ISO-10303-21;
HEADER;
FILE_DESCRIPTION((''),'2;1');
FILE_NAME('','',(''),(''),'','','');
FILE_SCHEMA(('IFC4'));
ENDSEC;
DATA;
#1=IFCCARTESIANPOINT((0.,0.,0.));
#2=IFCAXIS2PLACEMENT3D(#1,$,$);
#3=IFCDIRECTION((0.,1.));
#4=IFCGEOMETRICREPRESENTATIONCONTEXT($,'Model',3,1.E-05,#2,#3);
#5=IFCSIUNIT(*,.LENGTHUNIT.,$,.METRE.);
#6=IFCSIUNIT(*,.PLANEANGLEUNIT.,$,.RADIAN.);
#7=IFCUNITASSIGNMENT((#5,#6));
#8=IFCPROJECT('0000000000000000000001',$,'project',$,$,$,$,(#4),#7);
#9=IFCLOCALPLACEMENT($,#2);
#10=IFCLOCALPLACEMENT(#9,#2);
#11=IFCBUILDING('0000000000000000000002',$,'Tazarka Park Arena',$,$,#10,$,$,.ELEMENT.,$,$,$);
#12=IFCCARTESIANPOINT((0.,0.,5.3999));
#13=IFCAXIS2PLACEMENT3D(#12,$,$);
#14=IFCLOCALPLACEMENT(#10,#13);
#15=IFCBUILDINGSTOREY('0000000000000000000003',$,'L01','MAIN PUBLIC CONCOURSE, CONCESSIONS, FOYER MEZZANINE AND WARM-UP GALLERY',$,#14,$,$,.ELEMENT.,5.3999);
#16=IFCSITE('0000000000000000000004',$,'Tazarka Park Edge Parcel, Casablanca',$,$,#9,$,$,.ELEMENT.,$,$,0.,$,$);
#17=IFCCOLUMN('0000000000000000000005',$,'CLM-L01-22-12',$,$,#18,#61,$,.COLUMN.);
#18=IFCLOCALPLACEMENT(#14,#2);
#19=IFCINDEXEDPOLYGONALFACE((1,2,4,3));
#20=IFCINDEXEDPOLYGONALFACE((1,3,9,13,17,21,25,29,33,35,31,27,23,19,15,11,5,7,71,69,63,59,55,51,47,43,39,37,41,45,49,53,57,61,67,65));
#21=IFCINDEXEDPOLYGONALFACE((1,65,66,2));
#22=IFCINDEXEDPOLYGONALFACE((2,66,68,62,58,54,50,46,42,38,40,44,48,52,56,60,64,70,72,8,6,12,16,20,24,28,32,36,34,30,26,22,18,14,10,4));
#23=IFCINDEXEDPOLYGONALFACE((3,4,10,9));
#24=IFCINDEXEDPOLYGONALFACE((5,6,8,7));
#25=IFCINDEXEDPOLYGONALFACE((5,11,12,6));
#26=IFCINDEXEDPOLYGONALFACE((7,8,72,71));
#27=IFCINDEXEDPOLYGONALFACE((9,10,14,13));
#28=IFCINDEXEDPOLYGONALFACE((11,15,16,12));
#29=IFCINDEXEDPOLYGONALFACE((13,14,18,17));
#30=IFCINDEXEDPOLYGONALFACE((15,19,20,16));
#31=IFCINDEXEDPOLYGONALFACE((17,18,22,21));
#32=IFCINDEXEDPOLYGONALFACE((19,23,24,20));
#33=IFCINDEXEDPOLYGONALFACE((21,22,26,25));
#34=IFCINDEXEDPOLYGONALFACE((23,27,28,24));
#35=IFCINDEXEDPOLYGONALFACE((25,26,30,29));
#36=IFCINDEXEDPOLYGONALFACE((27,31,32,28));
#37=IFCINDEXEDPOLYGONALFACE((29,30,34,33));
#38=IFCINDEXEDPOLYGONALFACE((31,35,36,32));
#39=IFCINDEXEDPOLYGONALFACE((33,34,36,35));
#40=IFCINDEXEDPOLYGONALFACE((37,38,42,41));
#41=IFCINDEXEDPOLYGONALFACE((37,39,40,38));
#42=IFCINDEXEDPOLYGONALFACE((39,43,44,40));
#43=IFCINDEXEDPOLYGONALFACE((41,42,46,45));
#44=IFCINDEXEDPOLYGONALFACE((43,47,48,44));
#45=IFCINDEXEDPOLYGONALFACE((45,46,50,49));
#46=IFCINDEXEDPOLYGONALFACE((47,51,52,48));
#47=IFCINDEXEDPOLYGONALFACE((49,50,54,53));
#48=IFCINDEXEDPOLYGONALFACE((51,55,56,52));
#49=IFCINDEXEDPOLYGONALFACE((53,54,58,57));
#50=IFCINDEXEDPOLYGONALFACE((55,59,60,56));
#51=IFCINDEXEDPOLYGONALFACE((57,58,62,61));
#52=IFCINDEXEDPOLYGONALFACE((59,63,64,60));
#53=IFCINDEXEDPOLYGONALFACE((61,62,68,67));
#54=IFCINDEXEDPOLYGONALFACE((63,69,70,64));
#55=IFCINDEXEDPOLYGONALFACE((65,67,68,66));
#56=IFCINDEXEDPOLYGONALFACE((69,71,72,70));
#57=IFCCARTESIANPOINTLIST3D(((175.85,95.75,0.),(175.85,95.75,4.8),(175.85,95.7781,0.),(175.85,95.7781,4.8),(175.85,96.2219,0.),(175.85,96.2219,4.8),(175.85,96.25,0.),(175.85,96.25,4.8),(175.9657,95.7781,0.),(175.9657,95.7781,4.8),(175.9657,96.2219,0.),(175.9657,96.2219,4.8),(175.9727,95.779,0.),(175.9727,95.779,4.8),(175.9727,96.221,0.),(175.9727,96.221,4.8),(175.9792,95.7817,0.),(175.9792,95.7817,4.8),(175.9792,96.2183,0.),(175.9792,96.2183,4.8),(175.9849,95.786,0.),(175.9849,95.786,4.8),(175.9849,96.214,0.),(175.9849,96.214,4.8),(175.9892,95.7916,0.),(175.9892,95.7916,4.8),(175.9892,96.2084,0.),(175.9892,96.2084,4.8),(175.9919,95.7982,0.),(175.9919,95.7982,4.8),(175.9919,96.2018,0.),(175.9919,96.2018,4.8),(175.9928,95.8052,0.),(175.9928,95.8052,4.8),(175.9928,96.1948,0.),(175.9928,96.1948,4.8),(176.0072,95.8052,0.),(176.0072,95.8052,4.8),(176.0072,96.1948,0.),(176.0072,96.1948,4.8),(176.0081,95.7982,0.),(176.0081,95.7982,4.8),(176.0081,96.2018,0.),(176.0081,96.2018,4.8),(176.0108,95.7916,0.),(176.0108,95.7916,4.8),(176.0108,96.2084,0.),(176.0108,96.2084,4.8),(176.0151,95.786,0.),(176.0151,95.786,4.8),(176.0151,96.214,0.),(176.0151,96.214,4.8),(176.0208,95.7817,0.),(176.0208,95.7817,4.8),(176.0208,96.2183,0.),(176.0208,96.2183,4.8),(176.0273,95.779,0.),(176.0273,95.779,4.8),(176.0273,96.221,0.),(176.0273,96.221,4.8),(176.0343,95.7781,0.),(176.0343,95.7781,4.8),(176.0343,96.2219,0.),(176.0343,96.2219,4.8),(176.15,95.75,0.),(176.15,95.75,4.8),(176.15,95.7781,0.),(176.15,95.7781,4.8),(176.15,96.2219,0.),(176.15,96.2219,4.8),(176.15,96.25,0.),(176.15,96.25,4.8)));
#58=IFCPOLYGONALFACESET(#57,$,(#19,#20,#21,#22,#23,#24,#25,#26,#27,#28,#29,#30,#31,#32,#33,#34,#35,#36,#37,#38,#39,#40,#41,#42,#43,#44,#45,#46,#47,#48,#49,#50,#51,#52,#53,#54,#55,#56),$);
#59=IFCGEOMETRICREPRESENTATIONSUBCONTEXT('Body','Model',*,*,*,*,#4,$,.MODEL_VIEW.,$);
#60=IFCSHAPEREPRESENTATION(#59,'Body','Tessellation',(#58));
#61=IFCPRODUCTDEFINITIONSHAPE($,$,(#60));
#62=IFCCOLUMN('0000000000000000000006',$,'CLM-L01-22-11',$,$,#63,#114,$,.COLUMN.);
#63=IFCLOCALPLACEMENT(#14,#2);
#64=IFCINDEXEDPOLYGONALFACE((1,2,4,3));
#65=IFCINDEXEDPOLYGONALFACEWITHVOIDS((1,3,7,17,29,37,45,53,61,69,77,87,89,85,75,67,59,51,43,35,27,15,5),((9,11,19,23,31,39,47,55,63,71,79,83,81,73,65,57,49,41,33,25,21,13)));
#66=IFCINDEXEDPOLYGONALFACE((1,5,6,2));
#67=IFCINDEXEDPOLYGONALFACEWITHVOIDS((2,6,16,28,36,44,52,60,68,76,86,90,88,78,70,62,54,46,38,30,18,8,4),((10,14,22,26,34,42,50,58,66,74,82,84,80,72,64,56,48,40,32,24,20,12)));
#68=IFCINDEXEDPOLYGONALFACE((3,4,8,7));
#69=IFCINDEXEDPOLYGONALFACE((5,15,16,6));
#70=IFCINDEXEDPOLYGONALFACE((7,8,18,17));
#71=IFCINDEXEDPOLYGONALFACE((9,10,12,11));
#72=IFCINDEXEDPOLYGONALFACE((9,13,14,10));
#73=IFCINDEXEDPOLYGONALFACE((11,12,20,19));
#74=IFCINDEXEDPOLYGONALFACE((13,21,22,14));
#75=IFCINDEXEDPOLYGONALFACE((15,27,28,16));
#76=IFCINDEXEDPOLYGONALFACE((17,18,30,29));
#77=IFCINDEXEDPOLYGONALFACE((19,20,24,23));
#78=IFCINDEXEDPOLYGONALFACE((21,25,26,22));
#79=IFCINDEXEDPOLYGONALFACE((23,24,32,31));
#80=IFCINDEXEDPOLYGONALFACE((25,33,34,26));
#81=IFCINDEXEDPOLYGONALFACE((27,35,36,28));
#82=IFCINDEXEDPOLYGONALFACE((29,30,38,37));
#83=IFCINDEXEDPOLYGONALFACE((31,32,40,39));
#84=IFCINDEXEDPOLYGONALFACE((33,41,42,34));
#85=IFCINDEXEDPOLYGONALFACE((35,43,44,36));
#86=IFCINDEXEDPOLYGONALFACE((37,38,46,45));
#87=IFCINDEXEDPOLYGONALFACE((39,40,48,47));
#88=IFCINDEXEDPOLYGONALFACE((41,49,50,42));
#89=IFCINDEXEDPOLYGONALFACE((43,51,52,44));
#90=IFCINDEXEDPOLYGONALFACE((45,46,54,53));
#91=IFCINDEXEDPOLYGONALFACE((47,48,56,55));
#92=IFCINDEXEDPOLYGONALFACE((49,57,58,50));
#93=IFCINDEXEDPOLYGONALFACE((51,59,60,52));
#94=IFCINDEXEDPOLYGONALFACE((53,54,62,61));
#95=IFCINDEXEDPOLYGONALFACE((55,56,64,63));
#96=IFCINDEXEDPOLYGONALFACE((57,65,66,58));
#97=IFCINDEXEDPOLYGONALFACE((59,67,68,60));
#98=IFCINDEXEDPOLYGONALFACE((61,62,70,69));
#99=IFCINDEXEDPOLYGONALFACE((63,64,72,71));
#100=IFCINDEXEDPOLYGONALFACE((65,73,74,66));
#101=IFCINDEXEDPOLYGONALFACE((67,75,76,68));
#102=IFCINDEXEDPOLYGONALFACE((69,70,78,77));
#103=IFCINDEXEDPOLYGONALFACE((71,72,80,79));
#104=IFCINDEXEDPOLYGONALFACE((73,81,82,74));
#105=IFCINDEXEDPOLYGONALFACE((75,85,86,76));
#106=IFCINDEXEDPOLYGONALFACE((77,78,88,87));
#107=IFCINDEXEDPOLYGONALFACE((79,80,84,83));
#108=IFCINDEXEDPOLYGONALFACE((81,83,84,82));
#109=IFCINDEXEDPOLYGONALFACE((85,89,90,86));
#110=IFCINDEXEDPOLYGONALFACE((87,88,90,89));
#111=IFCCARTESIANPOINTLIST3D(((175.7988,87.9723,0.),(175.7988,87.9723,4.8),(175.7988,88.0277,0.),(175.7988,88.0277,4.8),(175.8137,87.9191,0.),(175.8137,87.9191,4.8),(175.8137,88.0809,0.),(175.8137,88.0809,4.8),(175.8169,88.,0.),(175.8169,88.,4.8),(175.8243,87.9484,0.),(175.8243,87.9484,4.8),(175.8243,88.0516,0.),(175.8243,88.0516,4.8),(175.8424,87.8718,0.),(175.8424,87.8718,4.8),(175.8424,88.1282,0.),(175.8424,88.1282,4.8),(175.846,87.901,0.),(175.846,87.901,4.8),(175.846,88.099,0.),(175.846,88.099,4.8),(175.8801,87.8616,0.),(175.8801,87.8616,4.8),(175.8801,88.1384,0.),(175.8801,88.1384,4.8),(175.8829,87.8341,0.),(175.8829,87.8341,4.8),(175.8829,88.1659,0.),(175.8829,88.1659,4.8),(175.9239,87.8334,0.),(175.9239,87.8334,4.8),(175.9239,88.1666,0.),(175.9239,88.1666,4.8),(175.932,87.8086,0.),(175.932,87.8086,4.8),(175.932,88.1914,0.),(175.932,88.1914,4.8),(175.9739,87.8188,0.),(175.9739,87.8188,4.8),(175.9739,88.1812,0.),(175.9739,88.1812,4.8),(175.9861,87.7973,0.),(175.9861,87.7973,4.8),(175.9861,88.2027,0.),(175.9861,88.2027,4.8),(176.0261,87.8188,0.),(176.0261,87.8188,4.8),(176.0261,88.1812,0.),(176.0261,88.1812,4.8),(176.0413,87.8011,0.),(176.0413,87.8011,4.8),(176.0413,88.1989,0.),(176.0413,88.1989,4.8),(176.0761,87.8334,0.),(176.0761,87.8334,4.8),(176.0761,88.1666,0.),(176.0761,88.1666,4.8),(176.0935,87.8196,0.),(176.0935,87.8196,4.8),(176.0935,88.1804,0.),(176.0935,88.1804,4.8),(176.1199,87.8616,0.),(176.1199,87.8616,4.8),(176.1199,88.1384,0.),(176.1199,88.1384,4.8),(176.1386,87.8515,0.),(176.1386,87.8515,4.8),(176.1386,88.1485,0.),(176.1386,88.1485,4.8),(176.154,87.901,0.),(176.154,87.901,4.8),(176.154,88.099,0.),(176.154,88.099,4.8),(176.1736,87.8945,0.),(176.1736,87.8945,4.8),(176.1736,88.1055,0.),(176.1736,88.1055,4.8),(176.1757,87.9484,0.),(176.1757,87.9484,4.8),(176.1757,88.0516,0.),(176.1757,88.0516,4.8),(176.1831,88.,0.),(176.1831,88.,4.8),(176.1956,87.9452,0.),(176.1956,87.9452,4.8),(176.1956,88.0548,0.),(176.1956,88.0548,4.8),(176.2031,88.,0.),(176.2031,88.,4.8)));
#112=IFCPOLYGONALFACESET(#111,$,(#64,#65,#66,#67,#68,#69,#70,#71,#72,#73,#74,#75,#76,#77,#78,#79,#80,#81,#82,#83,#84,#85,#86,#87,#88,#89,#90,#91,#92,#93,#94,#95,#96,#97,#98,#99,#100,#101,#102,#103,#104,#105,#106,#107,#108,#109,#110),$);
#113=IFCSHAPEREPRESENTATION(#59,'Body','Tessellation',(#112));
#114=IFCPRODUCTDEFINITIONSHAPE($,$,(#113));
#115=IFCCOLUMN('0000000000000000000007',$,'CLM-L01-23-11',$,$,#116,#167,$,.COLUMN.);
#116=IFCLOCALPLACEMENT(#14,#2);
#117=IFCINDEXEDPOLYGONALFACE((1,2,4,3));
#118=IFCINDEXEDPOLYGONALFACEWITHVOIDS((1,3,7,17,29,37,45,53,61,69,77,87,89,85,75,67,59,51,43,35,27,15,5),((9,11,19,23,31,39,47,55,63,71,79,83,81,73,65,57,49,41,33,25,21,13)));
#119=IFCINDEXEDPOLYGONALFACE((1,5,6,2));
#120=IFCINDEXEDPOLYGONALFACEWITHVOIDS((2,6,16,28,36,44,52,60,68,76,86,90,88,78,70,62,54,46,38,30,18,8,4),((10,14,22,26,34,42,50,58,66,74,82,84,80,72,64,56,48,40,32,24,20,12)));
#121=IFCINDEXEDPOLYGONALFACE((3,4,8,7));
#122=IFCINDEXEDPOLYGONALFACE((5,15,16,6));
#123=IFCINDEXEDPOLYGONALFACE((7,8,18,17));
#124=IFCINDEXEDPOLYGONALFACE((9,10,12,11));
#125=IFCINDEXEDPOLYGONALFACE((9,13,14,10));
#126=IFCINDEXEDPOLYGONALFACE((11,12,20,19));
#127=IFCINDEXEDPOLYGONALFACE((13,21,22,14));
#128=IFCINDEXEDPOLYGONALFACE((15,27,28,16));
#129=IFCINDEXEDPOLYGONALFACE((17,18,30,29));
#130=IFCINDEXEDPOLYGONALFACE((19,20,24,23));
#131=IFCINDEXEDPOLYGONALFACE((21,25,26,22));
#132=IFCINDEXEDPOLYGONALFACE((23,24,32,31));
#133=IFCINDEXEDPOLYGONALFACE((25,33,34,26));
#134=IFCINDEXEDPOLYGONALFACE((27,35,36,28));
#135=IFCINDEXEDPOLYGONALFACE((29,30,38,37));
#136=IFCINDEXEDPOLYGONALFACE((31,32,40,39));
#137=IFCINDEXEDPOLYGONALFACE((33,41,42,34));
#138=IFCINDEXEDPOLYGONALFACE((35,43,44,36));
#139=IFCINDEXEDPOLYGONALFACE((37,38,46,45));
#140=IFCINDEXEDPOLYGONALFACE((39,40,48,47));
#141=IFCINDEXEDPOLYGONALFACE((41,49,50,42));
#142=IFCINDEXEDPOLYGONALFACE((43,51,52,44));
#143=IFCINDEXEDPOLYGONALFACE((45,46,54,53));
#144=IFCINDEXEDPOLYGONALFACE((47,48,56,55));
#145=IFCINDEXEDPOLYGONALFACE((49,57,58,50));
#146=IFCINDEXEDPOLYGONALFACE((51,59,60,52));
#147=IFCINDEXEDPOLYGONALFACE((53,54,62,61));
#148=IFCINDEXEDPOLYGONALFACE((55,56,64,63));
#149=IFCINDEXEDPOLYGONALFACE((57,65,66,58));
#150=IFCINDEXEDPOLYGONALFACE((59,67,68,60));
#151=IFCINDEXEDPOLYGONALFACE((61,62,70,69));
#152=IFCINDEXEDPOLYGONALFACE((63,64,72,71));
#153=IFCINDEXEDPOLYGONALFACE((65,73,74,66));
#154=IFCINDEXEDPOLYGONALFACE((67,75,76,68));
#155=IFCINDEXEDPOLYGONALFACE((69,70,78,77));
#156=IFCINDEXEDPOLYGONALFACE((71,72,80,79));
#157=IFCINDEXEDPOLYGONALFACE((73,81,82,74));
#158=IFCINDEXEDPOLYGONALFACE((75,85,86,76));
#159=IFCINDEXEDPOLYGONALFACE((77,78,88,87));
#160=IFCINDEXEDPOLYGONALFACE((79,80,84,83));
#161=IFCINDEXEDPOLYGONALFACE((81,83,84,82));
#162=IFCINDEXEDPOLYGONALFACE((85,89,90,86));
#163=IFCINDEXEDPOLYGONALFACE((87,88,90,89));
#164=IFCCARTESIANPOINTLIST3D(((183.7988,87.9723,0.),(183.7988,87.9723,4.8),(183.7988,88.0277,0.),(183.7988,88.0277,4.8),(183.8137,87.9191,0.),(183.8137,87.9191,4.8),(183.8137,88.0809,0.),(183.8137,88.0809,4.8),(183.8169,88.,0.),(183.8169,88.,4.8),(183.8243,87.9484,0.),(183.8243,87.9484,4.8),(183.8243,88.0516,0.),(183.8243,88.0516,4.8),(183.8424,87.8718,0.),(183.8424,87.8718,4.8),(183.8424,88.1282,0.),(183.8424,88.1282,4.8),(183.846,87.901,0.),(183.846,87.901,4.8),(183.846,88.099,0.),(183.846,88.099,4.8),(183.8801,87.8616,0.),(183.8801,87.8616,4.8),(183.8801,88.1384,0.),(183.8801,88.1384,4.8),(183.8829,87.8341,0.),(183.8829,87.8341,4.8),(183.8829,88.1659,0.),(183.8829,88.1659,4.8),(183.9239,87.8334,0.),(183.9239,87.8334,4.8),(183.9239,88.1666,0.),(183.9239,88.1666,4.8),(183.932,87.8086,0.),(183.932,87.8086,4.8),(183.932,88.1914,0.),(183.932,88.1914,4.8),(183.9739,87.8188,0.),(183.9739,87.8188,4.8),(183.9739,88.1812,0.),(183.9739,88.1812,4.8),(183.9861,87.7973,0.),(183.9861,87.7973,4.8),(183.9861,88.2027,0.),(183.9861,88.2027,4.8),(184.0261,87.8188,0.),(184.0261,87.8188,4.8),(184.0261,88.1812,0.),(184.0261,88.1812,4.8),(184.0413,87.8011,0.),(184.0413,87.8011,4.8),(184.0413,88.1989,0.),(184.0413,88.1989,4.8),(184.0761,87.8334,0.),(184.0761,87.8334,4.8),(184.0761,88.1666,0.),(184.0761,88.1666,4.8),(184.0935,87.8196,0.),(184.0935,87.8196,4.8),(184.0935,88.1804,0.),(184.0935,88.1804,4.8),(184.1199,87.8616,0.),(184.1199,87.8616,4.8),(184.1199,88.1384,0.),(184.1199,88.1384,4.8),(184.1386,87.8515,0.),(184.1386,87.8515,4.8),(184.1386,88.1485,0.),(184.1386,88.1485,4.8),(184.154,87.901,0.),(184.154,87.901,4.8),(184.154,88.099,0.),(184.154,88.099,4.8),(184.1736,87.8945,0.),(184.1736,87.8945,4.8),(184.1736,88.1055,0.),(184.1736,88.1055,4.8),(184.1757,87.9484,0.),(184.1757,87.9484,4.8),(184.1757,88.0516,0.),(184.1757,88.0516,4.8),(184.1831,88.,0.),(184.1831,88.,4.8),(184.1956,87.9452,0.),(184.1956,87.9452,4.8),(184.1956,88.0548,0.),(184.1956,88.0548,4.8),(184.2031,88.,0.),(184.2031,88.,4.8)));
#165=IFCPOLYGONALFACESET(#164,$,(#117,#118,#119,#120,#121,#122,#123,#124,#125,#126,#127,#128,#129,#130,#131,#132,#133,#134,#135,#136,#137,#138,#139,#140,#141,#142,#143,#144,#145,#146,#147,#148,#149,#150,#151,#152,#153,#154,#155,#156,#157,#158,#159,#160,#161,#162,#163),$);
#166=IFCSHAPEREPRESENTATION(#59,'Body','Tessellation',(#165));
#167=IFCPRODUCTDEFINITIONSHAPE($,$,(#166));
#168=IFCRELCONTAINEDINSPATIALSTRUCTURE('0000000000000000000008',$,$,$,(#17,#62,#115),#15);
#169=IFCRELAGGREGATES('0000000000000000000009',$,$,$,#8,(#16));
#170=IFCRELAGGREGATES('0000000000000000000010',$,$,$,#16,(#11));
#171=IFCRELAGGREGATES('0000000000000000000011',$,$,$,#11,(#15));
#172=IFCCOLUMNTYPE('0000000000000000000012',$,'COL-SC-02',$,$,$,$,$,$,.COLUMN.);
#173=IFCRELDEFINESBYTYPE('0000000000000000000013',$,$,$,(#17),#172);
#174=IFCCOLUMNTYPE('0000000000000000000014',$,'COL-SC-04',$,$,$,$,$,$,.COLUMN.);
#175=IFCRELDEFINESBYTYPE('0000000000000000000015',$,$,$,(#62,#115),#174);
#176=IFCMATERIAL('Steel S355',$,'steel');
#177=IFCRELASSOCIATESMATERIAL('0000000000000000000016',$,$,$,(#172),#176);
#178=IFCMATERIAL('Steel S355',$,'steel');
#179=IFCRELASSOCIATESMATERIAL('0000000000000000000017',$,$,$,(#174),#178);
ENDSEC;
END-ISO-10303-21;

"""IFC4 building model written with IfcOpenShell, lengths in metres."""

from ifc_helpers import new_model, si_unit, direction, frame, origin, origin_2d, place, context, subcontext, project, spatial, hollow_circle, i_section, extrude, material, material_profile, profile_set, type_object, element, save


model = new_model("IFC4")

# Units and contexts
model_context = context("Model", 3, precision=1e-05, world=origin(), true_north=direction((0.0, 1.0)))
body_context = subcontext(model_context, "Body", "Model", "MODEL_VIEW")
ifc_project = project(units=[si_unit("LENGTHUNIT", "METRE"), si_unit("PLANEANGLEUNIT", "RADIAN")], contexts=[model_context])

# Site, building, storey
site_placement = place(None, origin())
site = spatial("IfcSite", under=ifc_project, at=site_placement, Name="Tazarka Park Edge Parcel, Casablanca", CompositionType="ELEMENT", RefElevation=0.0)
building_placement = place(site_placement, origin())
building = spatial("IfcBuilding", under=site, at=building_placement, Name="Tazarka Park Arena", CompositionType="ELEMENT")
storey_placement = place(building_placement, frame((0.0, 0.0, 5.3999)))
storey = spatial("IfcBuildingStorey", under=building, at=storey_placement, Name="L01", Description="MAIN PUBLIC CONCOURSE, CONCESSIONS, FOYER MEZZANINE AND WARM-UP GALLERY", CompositionType="ELEMENT", Elevation=5.3999)

# Columns
ifc_material_1 = material(Name="Steel S355", Category="steel")
ifc_material_profile_1 = material_profile(ifc_material_1, i_section(OverallWidth=0.3, OverallDepth=0.5, WebThickness=0.0144, FlangeThickness=0.0281, FilletRadius=0.0271, at=origin_2d()), Name="Steel S355")
ifc_profile_set_1 = profile_set([ifc_material_profile_1], Name="Steel S355")
column_type_1 = type_object("IfcColumnType", Name="COL-SC-02", PredefinedType="COLUMN", material=ifc_profile_set_1)
column_placement = place(storey_placement, frame((176.0, 96.0, 0.0), z_axis=(0.0, 0.0, 1.0), x_axis=(1.0, 0.0, 0.0)))
element("IfcColumn", 1, at=column_placement, inside=storey, type_object=column_type_1, Name="CLM-L01-22-12", PredefinedType="COLUMN", context=body_context, shape_type="SweptSolid", body=[
    extrude(i_section(OverallWidth=0.3, OverallDepth=0.5, WebThickness=0.0144, FlangeThickness=0.0281, FilletRadius=0.0271, at=origin_2d()), origin(), (0.0, 0.0, 1.0), 4.8),
])
ifc_material_2 = material(Name="Steel S355", Category="steel")
ifc_material_profile_2 = material_profile(ifc_material_2, hollow_circle(Radius=0.2031, WallThickness=0.02, at=origin_2d()), Name="Steel S355")
ifc_profile_set_2 = profile_set([ifc_material_profile_2], Name="Steel S355")
column_type_2 = type_object("IfcColumnType", Name="COL-SC-04", PredefinedType="COLUMN", material=ifc_profile_set_2)
for number, where, z_axis, x_axis, name in (
    (2, (176.0, 88.0, 0.0), (0.0, 0.0, 1.0), (1.0, 0.0, 0.0), "CLM-L01-22-11"),
    (3, (184.0, 88.0, 0.0), (0.0, 0.0, 1.0), (1.0, 0.0, 0.0), "CLM-L01-23-11"),
):
    element("IfcColumn", number, at=place(storey_placement, frame(where, z_axis=z_axis, x_axis=x_axis)), inside=storey, type_object=column_type_2, Name=name, PredefinedType="COLUMN", context=body_context, shape_type="SweptSolid", body=[
        extrude(hollow_circle(Radius=0.2031, WallThickness=0.02, at=origin_2d()), origin(), (0.0, 0.0, 1.0), 4.8),
    ])

save(model, "model.ifc")
